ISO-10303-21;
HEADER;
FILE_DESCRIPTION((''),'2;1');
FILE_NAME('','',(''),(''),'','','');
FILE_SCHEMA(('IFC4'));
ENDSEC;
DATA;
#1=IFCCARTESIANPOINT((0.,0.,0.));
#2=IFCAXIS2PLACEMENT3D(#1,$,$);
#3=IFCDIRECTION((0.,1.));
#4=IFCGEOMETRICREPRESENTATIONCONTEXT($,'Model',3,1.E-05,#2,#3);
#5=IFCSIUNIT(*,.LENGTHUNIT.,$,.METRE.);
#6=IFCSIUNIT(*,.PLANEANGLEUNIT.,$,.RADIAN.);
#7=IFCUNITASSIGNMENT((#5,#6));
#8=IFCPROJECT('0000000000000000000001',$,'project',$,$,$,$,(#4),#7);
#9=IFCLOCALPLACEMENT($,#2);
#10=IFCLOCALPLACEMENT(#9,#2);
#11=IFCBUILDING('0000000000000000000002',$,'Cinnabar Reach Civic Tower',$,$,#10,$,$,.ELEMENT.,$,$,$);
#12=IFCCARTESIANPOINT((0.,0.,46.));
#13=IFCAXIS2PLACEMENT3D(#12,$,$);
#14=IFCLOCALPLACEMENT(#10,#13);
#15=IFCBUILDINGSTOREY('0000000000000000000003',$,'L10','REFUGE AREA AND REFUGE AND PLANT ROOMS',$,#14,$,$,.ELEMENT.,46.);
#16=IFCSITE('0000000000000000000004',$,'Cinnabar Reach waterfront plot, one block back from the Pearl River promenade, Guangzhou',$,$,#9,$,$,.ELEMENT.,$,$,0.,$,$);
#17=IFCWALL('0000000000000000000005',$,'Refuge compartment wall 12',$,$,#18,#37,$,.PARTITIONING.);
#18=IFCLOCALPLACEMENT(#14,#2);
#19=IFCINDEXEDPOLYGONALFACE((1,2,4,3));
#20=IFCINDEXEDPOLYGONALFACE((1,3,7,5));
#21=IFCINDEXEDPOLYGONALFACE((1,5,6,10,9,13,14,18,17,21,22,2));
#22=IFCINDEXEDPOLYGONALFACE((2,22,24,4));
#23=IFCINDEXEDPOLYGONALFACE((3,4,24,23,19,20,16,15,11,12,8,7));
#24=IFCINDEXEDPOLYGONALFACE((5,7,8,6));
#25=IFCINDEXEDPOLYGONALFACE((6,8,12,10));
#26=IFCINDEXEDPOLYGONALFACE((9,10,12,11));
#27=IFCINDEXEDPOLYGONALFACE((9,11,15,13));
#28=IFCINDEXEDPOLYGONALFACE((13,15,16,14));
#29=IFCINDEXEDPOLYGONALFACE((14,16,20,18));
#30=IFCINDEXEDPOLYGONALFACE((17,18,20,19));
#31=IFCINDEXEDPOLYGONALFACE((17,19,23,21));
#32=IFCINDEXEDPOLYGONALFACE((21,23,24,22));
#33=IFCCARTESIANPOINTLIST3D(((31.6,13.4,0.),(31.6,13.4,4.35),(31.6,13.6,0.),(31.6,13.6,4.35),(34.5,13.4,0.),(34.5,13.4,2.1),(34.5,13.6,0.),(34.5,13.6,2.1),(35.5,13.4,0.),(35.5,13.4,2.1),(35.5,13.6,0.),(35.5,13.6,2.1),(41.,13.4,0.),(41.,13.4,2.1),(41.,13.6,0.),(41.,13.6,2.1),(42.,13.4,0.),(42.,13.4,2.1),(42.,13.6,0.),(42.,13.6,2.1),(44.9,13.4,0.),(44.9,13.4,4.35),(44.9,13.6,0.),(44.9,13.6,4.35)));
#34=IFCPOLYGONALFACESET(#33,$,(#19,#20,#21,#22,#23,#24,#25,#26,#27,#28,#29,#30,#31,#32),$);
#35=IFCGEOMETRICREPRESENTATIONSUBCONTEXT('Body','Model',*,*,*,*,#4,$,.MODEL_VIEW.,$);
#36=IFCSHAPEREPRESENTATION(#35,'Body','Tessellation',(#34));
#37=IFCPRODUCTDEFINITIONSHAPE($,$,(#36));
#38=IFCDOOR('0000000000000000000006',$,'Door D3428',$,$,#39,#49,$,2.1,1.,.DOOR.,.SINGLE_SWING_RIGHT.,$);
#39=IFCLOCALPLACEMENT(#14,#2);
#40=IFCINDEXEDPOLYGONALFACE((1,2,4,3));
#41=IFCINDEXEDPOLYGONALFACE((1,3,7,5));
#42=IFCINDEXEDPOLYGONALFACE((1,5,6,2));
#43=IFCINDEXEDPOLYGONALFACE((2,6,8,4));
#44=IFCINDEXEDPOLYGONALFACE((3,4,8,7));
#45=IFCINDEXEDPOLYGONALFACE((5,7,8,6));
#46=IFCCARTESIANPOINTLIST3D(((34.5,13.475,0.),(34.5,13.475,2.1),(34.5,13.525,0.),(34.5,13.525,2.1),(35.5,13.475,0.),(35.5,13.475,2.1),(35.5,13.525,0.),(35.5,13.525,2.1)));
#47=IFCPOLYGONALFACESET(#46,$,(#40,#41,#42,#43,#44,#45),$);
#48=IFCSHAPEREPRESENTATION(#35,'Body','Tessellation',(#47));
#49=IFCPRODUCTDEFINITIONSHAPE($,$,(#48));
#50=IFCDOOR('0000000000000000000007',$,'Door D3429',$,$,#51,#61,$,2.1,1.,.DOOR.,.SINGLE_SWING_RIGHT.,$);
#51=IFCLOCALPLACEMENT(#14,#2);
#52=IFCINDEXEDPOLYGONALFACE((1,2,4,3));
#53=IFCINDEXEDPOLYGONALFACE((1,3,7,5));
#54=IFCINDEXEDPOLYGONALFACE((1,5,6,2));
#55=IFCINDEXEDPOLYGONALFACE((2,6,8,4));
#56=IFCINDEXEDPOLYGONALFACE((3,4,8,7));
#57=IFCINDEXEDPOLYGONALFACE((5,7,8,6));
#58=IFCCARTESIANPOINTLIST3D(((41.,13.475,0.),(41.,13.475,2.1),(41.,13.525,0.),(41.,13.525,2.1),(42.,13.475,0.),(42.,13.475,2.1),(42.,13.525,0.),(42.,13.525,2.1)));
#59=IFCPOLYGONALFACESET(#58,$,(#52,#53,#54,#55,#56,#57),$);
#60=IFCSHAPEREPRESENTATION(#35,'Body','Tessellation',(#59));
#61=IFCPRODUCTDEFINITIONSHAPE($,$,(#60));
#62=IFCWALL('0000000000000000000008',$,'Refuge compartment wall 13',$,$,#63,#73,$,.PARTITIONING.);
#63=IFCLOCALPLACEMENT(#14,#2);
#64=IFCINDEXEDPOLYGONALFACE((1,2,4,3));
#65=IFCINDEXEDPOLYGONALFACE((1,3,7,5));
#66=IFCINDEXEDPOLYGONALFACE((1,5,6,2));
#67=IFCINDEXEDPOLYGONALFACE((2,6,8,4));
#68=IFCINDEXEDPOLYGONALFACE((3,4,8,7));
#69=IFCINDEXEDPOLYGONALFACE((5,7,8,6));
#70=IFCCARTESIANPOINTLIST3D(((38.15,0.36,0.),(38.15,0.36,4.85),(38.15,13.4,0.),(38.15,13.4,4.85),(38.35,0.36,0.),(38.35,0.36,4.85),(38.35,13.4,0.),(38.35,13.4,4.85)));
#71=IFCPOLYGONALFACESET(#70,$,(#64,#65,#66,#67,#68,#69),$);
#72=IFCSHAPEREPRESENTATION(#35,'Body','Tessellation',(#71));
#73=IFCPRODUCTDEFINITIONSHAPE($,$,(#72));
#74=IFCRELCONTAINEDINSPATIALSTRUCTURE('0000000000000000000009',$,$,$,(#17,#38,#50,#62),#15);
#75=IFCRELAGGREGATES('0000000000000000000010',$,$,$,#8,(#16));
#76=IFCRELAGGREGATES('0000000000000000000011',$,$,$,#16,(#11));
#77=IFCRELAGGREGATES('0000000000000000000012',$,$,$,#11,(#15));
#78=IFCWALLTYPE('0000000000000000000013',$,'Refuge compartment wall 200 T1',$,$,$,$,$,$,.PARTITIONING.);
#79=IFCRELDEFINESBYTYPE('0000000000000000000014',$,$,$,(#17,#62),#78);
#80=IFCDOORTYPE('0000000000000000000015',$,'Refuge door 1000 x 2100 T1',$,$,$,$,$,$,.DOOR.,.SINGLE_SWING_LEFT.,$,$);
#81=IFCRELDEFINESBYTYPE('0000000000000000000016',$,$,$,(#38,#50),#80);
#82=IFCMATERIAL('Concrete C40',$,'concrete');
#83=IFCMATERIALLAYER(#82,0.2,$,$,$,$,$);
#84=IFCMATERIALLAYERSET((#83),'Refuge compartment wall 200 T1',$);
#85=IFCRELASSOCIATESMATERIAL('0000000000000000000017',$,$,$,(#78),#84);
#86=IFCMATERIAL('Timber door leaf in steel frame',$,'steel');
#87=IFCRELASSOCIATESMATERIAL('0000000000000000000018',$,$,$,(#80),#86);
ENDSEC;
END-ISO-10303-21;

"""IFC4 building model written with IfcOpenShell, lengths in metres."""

from ifc_helpers import new_model, si_unit, direction, frame, frame_2d, origin, place, context, subcontext, project, spatial, rectangle, extrude, material, layer, layer_set, type_object, element, fill, save


model = new_model("IFC4")

# Units and contexts
model_context = context("Model", 3, precision=1e-05, world=origin(), true_north=direction((0.0, 1.0)))
body_context = subcontext(model_context, "Body", "Model", "MODEL_VIEW")
ifc_project = project(units=[si_unit("LENGTHUNIT", "METRE"), si_unit("PLANEANGLEUNIT", "RADIAN")], contexts=[model_context])

# Site, building, storey
site_placement = place(None, origin())
site = spatial("IfcSite", under=ifc_project, at=site_placement, Name="Cinnabar Reach waterfront plot, one block back from the Pearl River promenade, Guangzhou", CompositionType="ELEMENT", RefElevation=0.0)
building_placement = place(site_placement, origin())
building = spatial("IfcBuilding", under=site, at=building_placement, Name="Cinnabar Reach Civic Tower", CompositionType="ELEMENT")
storey_placement = place(building_placement, frame((0.0, 0.0, 46.0)))
storey = spatial("IfcBuildingStorey", under=building, at=storey_placement, Name="L10", Description="REFUGE AREA AND REFUGE AND PLANT ROOMS", CompositionType="ELEMENT", Elevation=46.0)

# Shared definitions
ifc_material_1 = material(Name="Concrete C40", Category="concrete")
ifc_layer = layer(ifc_material_1, 0.2)
ifc_layer_set = layer_set([ifc_layer], Name="Refuge compartment wall 200 T1")
wall_type = type_object("IfcWallType", Name="Refuge compartment wall 200 T1", PredefinedType="PARTITIONING", material=ifc_layer_set)
ifc_material_2 = material(Name="Timber door leaf in steel frame", Category="steel")
door_type = type_object("IfcDoorType", Name="Refuge door 1000 x 2100 T1", OperationType="SINGLE_SWING_LEFT", PredefinedType="DOOR", material=ifc_material_2)

# Wall, openings, doors
wall_1_placement = place(storey_placement, frame((31.6, 13.5, 0.0), z_axis=(0.0, 0.0, 1.0), x_axis=(1.0, 0.0, 0.0)))
wall_1 = element("IfcWall", 1, at=wall_1_placement, inside=storey, type_object=wall_type, Name="Refuge compartment wall 12", PredefinedType="PARTITIONING", context=body_context, shape_type="SweptSolid", body=[
    extrude(rectangle(XDim=13.3, YDim=0.2, at=frame_2d((6.65, 0.0))), origin(), (0.0, 0.0, 1.0), 4.35),
])
opening_1_placement = place(wall_1_placement, frame((2.9, 0.0, 0.0)))
opening_1 = element("IfcOpeningElement", 2, at=opening_1_placement, cuts=wall_1, PredefinedType="OPENING", context=body_context, shape_type="SweptSolid", body=[
    extrude(rectangle(XDim=1.0, YDim=2.1, at=frame_2d((0.5, 1.05))), frame((0.0, 0.11, 0.0), z_axis=(0.0, -1.0, 0.0), x_axis=(1.0, 0.0, 0.0)), (0.0, 0.0, 1.0), 0.22),
])
opening_2_placement = place(wall_1_placement, frame((9.4, 0.0, 0.0)))
opening_2 = element("IfcOpeningElement", 3, at=opening_2_placement, cuts=wall_1, PredefinedType="OPENING", context=body_context, shape_type="SweptSolid", body=[
    extrude(rectangle(XDim=1.0, YDim=2.1, at=frame_2d((0.5, 1.05))), frame((0.0, 0.11, 0.0), z_axis=(0.0, -1.0, 0.0), x_axis=(1.0, 0.0, 0.0)), (0.0, 0.0, 1.0), 0.22),
])
door_1_placement = place(opening_1_placement, origin())
door_1 = element("IfcDoor", 4, at=door_1_placement, inside=storey, type_object=door_type, Name="Door D3428", OperationType="SINGLE_SWING_RIGHT", OverallHeight=2.1, OverallWidth=1.0, PredefinedType="DOOR", context=body_context, shape_type="SweptSolid", body=[
    extrude(rectangle(XDim=1.0, YDim=2.1, at=frame_2d((0.5, 1.05))), frame((0.0, 0.025, 0.0), z_axis=(0.0, -1.0, 0.0), x_axis=(1.0, 0.0, 0.0)), (0.0, 0.0, 1.0), 0.05),
])
fill(opening_1, door_1)
door_2_placement = place(opening_2_placement, origin())
door_2 = element("IfcDoor", 5, at=door_2_placement, inside=storey, type_object=door_type, Name="Door D3429", OperationType="SINGLE_SWING_RIGHT", OverallHeight=2.1, OverallWidth=1.0, PredefinedType="DOOR", context=body_context, shape_type="SweptSolid", body=[
    extrude(rectangle(XDim=1.0, YDim=2.1, at=frame_2d((0.5, 1.05))), frame((0.0, 0.025, 0.0), z_axis=(0.0, -1.0, 0.0), x_axis=(1.0, 0.0, 0.0)), (0.0, 0.0, 1.0), 0.05),
])
fill(opening_2, door_2)

# Wall
wall_2_placement = place(storey_placement, frame((38.25, 0.36, 0.0), z_axis=(0.0, 0.0, 1.0), x_axis=(0.0, 1.0, 0.0)))
element("IfcWall", 6, at=wall_2_placement, inside=storey, type_object=wall_type, Name="Refuge compartment wall 13", PredefinedType="PARTITIONING", context=body_context, shape_type="SweptSolid", body=[
    extrude(rectangle(XDim=13.04, YDim=0.2, at=frame_2d((6.52, 0.0))), origin(), (0.0, 0.0, 1.0), 4.85),
])

save(model, "model.ifc")
